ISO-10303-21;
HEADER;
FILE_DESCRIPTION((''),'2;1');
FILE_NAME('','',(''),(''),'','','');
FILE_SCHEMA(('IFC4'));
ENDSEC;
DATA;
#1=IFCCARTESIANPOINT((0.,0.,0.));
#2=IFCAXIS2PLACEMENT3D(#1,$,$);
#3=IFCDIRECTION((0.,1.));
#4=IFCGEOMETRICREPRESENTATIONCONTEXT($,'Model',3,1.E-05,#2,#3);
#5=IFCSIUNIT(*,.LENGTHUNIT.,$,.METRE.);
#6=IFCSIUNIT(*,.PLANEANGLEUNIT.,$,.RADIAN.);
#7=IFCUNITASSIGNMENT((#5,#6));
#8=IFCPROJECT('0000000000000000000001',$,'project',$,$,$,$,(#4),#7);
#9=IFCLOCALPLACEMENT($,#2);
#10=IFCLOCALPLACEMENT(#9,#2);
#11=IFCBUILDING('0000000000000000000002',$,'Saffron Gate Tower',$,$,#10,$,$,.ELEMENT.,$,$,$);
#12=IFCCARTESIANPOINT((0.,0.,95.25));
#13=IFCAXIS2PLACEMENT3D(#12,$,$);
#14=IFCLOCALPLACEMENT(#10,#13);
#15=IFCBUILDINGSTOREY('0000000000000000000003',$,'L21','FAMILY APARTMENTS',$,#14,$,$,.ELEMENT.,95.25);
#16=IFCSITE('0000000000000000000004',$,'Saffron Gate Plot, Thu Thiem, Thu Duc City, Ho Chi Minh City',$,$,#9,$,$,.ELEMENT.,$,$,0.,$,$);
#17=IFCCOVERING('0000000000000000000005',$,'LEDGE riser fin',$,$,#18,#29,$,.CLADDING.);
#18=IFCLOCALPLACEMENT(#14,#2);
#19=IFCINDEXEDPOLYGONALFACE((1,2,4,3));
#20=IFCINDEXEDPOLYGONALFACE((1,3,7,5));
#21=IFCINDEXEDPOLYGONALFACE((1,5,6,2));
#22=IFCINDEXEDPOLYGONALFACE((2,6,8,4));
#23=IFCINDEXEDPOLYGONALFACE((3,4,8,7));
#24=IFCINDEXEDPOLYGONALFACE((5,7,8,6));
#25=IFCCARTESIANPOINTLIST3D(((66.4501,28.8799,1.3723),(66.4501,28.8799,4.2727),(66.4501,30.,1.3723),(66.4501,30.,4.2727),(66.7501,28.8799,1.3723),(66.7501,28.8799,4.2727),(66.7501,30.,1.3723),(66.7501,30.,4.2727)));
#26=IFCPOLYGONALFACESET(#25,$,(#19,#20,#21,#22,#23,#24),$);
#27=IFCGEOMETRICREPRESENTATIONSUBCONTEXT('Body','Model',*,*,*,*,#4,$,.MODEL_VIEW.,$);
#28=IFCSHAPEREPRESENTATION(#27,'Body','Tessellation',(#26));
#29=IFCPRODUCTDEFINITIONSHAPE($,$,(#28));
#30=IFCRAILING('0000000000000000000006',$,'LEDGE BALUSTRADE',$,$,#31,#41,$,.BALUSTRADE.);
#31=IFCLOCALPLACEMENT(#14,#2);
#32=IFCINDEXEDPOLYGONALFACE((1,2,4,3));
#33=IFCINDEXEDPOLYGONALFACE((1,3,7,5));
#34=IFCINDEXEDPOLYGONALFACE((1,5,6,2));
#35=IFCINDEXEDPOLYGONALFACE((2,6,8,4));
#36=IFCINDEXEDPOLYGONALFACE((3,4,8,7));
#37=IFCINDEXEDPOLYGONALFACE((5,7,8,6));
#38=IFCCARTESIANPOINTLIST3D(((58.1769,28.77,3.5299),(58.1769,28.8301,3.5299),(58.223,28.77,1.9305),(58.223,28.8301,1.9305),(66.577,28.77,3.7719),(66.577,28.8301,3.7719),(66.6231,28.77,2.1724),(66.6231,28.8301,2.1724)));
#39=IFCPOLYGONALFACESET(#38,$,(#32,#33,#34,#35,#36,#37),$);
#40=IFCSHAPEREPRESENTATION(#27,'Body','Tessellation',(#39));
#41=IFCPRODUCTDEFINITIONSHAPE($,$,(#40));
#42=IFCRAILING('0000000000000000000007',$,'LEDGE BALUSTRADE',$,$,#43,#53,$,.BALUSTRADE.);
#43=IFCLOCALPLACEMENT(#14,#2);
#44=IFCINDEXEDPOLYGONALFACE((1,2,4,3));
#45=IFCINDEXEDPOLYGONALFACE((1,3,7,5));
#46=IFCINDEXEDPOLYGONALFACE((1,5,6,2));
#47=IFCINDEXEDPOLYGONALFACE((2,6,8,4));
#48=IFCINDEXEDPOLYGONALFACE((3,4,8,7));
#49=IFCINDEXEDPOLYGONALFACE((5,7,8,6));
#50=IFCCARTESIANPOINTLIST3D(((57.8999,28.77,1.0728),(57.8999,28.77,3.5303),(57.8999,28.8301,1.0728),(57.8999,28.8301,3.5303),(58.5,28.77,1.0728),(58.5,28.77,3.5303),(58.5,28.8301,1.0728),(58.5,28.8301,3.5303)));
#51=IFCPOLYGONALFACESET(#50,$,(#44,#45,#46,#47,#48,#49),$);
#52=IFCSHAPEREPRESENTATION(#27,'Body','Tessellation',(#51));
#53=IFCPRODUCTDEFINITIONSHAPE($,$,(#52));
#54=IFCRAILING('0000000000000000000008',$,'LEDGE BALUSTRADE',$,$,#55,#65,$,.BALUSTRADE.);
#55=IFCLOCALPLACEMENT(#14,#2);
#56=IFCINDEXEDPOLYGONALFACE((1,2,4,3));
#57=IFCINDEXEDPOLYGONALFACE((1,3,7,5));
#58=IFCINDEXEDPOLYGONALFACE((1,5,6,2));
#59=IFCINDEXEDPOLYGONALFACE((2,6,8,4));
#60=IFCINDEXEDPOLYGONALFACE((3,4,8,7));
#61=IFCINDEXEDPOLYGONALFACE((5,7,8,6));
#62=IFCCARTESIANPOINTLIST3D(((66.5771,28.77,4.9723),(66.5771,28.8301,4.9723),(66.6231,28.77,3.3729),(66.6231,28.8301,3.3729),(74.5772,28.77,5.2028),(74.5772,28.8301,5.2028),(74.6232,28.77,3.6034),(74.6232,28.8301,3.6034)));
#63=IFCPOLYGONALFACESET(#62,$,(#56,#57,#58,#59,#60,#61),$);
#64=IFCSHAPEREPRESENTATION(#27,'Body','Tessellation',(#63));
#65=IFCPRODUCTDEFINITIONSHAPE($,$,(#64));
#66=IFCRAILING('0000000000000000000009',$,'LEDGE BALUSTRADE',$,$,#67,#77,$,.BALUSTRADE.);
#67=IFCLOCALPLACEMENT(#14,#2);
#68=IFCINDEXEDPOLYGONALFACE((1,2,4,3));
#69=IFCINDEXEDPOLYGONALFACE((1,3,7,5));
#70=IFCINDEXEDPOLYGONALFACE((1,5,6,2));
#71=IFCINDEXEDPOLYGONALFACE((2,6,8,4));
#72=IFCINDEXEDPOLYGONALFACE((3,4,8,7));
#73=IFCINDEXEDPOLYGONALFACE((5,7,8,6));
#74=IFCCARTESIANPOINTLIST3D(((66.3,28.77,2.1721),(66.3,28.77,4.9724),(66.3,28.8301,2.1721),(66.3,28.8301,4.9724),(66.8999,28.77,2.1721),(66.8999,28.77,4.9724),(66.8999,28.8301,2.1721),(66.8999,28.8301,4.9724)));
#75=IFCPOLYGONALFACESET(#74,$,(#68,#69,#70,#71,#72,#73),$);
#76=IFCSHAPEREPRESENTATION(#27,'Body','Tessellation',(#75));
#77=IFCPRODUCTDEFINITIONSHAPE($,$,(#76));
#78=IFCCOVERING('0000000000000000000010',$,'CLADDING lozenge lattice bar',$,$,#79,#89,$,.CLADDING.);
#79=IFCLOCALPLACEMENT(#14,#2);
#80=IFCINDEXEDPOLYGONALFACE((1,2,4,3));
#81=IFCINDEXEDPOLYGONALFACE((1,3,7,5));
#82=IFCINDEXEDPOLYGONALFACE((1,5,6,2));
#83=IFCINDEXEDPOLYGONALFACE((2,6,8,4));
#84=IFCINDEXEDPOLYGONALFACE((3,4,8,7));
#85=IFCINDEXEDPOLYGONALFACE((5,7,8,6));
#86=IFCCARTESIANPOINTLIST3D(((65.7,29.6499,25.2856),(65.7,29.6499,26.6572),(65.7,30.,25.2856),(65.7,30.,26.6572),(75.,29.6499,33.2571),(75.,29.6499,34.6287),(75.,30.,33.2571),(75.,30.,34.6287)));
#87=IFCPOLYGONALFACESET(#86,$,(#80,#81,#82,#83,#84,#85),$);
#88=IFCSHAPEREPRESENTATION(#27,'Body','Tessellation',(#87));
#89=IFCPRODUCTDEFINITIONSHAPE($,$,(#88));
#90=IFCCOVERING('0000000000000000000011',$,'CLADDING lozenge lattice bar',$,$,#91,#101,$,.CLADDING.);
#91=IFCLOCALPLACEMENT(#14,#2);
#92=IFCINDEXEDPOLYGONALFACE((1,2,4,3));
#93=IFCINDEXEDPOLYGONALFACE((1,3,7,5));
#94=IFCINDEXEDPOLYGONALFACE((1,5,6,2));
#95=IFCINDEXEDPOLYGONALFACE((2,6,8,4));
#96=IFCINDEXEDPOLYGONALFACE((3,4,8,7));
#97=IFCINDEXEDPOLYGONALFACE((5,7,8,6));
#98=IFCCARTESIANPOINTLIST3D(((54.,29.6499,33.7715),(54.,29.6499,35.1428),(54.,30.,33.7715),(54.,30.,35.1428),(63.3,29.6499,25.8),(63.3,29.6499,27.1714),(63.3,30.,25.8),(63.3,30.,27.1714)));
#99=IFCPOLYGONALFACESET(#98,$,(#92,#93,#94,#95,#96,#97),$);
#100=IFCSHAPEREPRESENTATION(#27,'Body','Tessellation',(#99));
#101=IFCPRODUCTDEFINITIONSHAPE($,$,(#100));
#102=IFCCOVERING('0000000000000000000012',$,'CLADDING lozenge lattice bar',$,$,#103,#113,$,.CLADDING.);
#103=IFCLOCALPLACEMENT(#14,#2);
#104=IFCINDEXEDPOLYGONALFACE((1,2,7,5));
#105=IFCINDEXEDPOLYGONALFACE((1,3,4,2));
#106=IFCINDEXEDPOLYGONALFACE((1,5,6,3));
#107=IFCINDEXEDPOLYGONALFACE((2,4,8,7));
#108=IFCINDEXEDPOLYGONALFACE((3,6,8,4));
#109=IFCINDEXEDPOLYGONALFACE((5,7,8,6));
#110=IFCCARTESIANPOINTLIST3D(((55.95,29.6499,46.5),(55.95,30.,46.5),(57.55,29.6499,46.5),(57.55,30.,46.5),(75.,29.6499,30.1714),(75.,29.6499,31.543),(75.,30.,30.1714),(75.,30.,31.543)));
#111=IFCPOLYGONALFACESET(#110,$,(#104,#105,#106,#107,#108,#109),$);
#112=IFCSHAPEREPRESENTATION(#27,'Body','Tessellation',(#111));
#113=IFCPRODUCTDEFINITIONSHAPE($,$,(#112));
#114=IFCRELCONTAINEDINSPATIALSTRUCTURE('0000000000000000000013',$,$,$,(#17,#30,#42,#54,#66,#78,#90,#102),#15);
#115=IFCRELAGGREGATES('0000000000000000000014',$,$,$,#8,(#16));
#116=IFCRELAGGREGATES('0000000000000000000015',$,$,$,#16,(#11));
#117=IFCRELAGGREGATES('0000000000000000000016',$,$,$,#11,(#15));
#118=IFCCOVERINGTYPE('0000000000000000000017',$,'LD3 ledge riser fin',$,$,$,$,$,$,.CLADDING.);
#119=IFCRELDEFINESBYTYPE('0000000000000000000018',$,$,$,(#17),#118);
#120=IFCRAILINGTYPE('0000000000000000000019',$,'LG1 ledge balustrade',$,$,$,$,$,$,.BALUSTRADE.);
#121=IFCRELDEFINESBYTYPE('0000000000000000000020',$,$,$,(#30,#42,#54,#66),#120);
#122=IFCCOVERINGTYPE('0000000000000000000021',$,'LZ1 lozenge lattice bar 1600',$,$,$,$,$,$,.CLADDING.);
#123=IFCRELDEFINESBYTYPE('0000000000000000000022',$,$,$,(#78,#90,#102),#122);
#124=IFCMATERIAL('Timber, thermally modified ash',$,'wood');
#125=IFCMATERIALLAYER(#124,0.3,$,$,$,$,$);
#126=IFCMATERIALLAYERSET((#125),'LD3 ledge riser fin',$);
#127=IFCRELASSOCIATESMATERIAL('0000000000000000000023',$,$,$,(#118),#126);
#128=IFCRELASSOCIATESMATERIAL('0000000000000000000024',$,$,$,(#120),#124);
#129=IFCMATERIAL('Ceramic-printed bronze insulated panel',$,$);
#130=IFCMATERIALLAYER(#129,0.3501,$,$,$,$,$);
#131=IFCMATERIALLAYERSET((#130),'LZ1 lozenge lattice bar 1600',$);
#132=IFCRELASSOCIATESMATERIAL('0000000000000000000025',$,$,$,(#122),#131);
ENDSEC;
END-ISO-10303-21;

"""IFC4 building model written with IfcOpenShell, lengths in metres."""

from ifc_helpers import new_model, si_unit, direction, frame, origin, origin_2d, place, context, subcontext, project, spatial, polyline, rectangle, outline, extrude, material, layer, layer_set, type_object, element, save


model = new_model("IFC4")

# Units and contexts
model_context = context("Model", 3, precision=1e-05, world=origin(), true_north=direction((0.0, 1.0)))
body_context = subcontext(model_context, "Body", "Model", "MODEL_VIEW")
ifc_project = project(units=[si_unit("LENGTHUNIT", "METRE"), si_unit("PLANEANGLEUNIT", "RADIAN")], contexts=[model_context])

# Site, building, storey
site_placement = place(None, origin())
site = spatial("IfcSite", under=ifc_project, at=site_placement, Name="Saffron Gate Plot, Thu Thiem, Thu Duc City, Ho Chi Minh City", CompositionType="ELEMENT", RefElevation=0.0)
building_placement = place(site_placement, origin())
building = spatial("IfcBuilding", under=site, at=building_placement, Name="Saffron Gate Tower", CompositionType="ELEMENT")
storey_placement = place(building_placement, frame((0.0, 0.0, 95.25)))
storey = spatial("IfcBuildingStorey", under=building, at=storey_placement, Name="L21", Description="FAMILY APARTMENTS", CompositionType="ELEMENT", Elevation=95.25)

# Covering
ifc_material_1 = material(Name="Timber, thermally modified ash", Category="wood")
ifc_layer_1 = layer(ifc_material_1, 0.3)
ifc_layer_set_1 = layer_set([ifc_layer_1], Name="LD3 ledge riser fin")
covering_type_1 = type_object("IfcCoveringType", Name="LD3 ledge riser fin", PredefinedType="CLADDING", material=ifc_layer_set_1)
covering_1_placement = place(storey_placement, frame((66.6001, 29.4399, 1.3723), z_axis=(0.0, 0.0, 1.0), x_axis=(1.0, 0.0, 0.0)))
element("IfcCovering", 1, at=covering_1_placement, inside=storey, type_object=covering_type_1, Name="LEDGE riser fin", PredefinedType="CLADDING", context=body_context, shape_type="SweptSolid", body=[
    extrude(rectangle(XDim=0.3, YDim=1.1201, at=origin_2d()), origin(), (0.0, 0.0, 1.0), 2.9004),
])

# Railings
railing_type_1 = type_object("IfcRailingType", Name="LG1 ledge balustrade", PredefinedType="BALUSTRADE", material=ifc_material_1)
railing_1_placement = place(storey_placement, frame((58.2, 28.8, 1.9302)))
element("IfcRailing", 2, at=railing_1_placement, inside=storey, type_object=railing_type_1, Name="LEDGE BALUSTRADE", PredefinedType="BALUSTRADE", context=body_context, shape_type="SweptSolid", body=[
    extrude(rectangle(XDim=0.0601, YDim=1.6001, at=origin_2d()), frame((0.0, 0.0, 0.8), z_axis=(0.999585, 0.0, 0.02879), x_axis=(0.0, 1.0, 0.0)), (0.0, 0.0, 1.0), 8.4036),
])
railing_2_placement = place(storey_placement, frame((57.8999, 28.8, 1.0728)))
element("IfcRailing", 3, at=railing_2_placement, inside=storey, type_object=railing_type_1, Name="LEDGE BALUSTRADE", PredefinedType="BALUSTRADE", context=body_context, shape_type="SweptSolid", body=[
    extrude(rectangle(XDim=0.0601, YDim=2.4575, at=origin_2d()), frame((0.0, 0.0, 1.2288), z_axis=(1.0, 0.0, 0.0), x_axis=(0.0, 1.0, 0.0)), (0.0, 0.0, 1.0), 0.6001),
])
railing_3_placement = place(storey_placement, frame((66.6001, 28.8, 3.3726)))
element("IfcRailing", 4, at=railing_3_placement, inside=storey, type_object=railing_type_1, Name="LEDGE BALUSTRADE", PredefinedType="BALUSTRADE", context=body_context, shape_type="SweptSolid", body=[
    extrude(rectangle(XDim=0.0601, YDim=1.6001, at=origin_2d()), frame((0.0, 0.0, 0.8), z_axis=(0.999585, 0.0, 0.028797), x_axis=(0.0, 1.0, 0.0)), (0.0, 0.0, 1.0), 8.0034),
])
railing_4_placement = place(storey_placement, frame((66.3, 28.8, 2.1721)))
element("IfcRailing", 5, at=railing_4_placement, inside=storey, type_object=railing_type_1, Name="LEDGE BALUSTRADE", PredefinedType="BALUSTRADE", context=body_context, shape_type="SweptSolid", body=[
    extrude(rectangle(XDim=0.0601, YDim=2.8003, at=origin_2d()), frame((0.0, 0.0, 1.4001), z_axis=(1.0, 0.0, 0.0), x_axis=(0.0, 1.0, 0.0)), (0.0, 0.0, 1.0), 0.5999),
])

# Coverings
ifc_material_2 = material(Name="Ceramic-printed bronze insulated panel")
ifc_layer_2 = layer(ifc_material_2, 0.3501)
ifc_layer_set_2 = layer_set([ifc_layer_2], Name="LZ1 lozenge lattice bar 1600")
covering_type_2 = type_object("IfcCoveringType", Name="LZ1 lozenge lattice bar 1600", PredefinedType="CLADDING", material=ifc_layer_set_2)
covering_2_placement = place(storey_placement, frame((65.7, 29.6499, 26.6572), z_axis=(0.0, -1.0, 0.0), x_axis=(0.0, 0.0, -1.0)))
element("IfcCovering", 6, at=covering_2_placement, inside=storey, type_object=covering_type_2, Name="CLADDING lozenge lattice bar", PredefinedType="CLADDING", context=body_context, shape_type="SweptSolid", body=[
    extrude(outline(polyline([(0.0, 0.0), (1.3716, 0.0), (-6.5999, 9.3), (-7.9714, 9.3), (0.0, 0.0)])), origin(), (0.0, 0.0, -1.0), 0.3501),
])
covering_3_placement = place(storey_placement, frame((63.3, 29.6499, 25.8), z_axis=(0.0, -1.0, 0.0), x_axis=(0.0, 0.0, 1.0)))
element("IfcCovering", 7, at=covering_3_placement, inside=storey, type_object=covering_type_2, Name="CLADDING lozenge lattice bar", PredefinedType="CLADDING", context=body_context, shape_type="SweptSolid", body=[
    extrude(outline(polyline([(0.0, 0.0), (1.3713, 0.0), (9.3428, 9.3), (7.9714, 9.3), (0.0, 0.0)])), origin(), (0.0, 0.0, -1.0), 0.3501),
])
covering_4_placement = place(storey_placement, frame((75.0, 29.6499, 30.1714), z_axis=(0.0, -1.0, 0.0), x_axis=(0.0, 0.0, 1.0)))
element("IfcCovering", 8, at=covering_4_placement, inside=storey, type_object=covering_type_2, Name="CLADDING lozenge lattice bar", PredefinedType="CLADDING", context=body_context, shape_type="SweptSolid", body=[
    extrude(outline(polyline([(0.0, 0.0), (1.3716, 0.0), (16.3286, 17.45), (16.3286, 19.05), (0.0, 0.0)])), origin(), (0.0, 0.0, -1.0), 0.3501),
])

save(model, "model.ifc")
